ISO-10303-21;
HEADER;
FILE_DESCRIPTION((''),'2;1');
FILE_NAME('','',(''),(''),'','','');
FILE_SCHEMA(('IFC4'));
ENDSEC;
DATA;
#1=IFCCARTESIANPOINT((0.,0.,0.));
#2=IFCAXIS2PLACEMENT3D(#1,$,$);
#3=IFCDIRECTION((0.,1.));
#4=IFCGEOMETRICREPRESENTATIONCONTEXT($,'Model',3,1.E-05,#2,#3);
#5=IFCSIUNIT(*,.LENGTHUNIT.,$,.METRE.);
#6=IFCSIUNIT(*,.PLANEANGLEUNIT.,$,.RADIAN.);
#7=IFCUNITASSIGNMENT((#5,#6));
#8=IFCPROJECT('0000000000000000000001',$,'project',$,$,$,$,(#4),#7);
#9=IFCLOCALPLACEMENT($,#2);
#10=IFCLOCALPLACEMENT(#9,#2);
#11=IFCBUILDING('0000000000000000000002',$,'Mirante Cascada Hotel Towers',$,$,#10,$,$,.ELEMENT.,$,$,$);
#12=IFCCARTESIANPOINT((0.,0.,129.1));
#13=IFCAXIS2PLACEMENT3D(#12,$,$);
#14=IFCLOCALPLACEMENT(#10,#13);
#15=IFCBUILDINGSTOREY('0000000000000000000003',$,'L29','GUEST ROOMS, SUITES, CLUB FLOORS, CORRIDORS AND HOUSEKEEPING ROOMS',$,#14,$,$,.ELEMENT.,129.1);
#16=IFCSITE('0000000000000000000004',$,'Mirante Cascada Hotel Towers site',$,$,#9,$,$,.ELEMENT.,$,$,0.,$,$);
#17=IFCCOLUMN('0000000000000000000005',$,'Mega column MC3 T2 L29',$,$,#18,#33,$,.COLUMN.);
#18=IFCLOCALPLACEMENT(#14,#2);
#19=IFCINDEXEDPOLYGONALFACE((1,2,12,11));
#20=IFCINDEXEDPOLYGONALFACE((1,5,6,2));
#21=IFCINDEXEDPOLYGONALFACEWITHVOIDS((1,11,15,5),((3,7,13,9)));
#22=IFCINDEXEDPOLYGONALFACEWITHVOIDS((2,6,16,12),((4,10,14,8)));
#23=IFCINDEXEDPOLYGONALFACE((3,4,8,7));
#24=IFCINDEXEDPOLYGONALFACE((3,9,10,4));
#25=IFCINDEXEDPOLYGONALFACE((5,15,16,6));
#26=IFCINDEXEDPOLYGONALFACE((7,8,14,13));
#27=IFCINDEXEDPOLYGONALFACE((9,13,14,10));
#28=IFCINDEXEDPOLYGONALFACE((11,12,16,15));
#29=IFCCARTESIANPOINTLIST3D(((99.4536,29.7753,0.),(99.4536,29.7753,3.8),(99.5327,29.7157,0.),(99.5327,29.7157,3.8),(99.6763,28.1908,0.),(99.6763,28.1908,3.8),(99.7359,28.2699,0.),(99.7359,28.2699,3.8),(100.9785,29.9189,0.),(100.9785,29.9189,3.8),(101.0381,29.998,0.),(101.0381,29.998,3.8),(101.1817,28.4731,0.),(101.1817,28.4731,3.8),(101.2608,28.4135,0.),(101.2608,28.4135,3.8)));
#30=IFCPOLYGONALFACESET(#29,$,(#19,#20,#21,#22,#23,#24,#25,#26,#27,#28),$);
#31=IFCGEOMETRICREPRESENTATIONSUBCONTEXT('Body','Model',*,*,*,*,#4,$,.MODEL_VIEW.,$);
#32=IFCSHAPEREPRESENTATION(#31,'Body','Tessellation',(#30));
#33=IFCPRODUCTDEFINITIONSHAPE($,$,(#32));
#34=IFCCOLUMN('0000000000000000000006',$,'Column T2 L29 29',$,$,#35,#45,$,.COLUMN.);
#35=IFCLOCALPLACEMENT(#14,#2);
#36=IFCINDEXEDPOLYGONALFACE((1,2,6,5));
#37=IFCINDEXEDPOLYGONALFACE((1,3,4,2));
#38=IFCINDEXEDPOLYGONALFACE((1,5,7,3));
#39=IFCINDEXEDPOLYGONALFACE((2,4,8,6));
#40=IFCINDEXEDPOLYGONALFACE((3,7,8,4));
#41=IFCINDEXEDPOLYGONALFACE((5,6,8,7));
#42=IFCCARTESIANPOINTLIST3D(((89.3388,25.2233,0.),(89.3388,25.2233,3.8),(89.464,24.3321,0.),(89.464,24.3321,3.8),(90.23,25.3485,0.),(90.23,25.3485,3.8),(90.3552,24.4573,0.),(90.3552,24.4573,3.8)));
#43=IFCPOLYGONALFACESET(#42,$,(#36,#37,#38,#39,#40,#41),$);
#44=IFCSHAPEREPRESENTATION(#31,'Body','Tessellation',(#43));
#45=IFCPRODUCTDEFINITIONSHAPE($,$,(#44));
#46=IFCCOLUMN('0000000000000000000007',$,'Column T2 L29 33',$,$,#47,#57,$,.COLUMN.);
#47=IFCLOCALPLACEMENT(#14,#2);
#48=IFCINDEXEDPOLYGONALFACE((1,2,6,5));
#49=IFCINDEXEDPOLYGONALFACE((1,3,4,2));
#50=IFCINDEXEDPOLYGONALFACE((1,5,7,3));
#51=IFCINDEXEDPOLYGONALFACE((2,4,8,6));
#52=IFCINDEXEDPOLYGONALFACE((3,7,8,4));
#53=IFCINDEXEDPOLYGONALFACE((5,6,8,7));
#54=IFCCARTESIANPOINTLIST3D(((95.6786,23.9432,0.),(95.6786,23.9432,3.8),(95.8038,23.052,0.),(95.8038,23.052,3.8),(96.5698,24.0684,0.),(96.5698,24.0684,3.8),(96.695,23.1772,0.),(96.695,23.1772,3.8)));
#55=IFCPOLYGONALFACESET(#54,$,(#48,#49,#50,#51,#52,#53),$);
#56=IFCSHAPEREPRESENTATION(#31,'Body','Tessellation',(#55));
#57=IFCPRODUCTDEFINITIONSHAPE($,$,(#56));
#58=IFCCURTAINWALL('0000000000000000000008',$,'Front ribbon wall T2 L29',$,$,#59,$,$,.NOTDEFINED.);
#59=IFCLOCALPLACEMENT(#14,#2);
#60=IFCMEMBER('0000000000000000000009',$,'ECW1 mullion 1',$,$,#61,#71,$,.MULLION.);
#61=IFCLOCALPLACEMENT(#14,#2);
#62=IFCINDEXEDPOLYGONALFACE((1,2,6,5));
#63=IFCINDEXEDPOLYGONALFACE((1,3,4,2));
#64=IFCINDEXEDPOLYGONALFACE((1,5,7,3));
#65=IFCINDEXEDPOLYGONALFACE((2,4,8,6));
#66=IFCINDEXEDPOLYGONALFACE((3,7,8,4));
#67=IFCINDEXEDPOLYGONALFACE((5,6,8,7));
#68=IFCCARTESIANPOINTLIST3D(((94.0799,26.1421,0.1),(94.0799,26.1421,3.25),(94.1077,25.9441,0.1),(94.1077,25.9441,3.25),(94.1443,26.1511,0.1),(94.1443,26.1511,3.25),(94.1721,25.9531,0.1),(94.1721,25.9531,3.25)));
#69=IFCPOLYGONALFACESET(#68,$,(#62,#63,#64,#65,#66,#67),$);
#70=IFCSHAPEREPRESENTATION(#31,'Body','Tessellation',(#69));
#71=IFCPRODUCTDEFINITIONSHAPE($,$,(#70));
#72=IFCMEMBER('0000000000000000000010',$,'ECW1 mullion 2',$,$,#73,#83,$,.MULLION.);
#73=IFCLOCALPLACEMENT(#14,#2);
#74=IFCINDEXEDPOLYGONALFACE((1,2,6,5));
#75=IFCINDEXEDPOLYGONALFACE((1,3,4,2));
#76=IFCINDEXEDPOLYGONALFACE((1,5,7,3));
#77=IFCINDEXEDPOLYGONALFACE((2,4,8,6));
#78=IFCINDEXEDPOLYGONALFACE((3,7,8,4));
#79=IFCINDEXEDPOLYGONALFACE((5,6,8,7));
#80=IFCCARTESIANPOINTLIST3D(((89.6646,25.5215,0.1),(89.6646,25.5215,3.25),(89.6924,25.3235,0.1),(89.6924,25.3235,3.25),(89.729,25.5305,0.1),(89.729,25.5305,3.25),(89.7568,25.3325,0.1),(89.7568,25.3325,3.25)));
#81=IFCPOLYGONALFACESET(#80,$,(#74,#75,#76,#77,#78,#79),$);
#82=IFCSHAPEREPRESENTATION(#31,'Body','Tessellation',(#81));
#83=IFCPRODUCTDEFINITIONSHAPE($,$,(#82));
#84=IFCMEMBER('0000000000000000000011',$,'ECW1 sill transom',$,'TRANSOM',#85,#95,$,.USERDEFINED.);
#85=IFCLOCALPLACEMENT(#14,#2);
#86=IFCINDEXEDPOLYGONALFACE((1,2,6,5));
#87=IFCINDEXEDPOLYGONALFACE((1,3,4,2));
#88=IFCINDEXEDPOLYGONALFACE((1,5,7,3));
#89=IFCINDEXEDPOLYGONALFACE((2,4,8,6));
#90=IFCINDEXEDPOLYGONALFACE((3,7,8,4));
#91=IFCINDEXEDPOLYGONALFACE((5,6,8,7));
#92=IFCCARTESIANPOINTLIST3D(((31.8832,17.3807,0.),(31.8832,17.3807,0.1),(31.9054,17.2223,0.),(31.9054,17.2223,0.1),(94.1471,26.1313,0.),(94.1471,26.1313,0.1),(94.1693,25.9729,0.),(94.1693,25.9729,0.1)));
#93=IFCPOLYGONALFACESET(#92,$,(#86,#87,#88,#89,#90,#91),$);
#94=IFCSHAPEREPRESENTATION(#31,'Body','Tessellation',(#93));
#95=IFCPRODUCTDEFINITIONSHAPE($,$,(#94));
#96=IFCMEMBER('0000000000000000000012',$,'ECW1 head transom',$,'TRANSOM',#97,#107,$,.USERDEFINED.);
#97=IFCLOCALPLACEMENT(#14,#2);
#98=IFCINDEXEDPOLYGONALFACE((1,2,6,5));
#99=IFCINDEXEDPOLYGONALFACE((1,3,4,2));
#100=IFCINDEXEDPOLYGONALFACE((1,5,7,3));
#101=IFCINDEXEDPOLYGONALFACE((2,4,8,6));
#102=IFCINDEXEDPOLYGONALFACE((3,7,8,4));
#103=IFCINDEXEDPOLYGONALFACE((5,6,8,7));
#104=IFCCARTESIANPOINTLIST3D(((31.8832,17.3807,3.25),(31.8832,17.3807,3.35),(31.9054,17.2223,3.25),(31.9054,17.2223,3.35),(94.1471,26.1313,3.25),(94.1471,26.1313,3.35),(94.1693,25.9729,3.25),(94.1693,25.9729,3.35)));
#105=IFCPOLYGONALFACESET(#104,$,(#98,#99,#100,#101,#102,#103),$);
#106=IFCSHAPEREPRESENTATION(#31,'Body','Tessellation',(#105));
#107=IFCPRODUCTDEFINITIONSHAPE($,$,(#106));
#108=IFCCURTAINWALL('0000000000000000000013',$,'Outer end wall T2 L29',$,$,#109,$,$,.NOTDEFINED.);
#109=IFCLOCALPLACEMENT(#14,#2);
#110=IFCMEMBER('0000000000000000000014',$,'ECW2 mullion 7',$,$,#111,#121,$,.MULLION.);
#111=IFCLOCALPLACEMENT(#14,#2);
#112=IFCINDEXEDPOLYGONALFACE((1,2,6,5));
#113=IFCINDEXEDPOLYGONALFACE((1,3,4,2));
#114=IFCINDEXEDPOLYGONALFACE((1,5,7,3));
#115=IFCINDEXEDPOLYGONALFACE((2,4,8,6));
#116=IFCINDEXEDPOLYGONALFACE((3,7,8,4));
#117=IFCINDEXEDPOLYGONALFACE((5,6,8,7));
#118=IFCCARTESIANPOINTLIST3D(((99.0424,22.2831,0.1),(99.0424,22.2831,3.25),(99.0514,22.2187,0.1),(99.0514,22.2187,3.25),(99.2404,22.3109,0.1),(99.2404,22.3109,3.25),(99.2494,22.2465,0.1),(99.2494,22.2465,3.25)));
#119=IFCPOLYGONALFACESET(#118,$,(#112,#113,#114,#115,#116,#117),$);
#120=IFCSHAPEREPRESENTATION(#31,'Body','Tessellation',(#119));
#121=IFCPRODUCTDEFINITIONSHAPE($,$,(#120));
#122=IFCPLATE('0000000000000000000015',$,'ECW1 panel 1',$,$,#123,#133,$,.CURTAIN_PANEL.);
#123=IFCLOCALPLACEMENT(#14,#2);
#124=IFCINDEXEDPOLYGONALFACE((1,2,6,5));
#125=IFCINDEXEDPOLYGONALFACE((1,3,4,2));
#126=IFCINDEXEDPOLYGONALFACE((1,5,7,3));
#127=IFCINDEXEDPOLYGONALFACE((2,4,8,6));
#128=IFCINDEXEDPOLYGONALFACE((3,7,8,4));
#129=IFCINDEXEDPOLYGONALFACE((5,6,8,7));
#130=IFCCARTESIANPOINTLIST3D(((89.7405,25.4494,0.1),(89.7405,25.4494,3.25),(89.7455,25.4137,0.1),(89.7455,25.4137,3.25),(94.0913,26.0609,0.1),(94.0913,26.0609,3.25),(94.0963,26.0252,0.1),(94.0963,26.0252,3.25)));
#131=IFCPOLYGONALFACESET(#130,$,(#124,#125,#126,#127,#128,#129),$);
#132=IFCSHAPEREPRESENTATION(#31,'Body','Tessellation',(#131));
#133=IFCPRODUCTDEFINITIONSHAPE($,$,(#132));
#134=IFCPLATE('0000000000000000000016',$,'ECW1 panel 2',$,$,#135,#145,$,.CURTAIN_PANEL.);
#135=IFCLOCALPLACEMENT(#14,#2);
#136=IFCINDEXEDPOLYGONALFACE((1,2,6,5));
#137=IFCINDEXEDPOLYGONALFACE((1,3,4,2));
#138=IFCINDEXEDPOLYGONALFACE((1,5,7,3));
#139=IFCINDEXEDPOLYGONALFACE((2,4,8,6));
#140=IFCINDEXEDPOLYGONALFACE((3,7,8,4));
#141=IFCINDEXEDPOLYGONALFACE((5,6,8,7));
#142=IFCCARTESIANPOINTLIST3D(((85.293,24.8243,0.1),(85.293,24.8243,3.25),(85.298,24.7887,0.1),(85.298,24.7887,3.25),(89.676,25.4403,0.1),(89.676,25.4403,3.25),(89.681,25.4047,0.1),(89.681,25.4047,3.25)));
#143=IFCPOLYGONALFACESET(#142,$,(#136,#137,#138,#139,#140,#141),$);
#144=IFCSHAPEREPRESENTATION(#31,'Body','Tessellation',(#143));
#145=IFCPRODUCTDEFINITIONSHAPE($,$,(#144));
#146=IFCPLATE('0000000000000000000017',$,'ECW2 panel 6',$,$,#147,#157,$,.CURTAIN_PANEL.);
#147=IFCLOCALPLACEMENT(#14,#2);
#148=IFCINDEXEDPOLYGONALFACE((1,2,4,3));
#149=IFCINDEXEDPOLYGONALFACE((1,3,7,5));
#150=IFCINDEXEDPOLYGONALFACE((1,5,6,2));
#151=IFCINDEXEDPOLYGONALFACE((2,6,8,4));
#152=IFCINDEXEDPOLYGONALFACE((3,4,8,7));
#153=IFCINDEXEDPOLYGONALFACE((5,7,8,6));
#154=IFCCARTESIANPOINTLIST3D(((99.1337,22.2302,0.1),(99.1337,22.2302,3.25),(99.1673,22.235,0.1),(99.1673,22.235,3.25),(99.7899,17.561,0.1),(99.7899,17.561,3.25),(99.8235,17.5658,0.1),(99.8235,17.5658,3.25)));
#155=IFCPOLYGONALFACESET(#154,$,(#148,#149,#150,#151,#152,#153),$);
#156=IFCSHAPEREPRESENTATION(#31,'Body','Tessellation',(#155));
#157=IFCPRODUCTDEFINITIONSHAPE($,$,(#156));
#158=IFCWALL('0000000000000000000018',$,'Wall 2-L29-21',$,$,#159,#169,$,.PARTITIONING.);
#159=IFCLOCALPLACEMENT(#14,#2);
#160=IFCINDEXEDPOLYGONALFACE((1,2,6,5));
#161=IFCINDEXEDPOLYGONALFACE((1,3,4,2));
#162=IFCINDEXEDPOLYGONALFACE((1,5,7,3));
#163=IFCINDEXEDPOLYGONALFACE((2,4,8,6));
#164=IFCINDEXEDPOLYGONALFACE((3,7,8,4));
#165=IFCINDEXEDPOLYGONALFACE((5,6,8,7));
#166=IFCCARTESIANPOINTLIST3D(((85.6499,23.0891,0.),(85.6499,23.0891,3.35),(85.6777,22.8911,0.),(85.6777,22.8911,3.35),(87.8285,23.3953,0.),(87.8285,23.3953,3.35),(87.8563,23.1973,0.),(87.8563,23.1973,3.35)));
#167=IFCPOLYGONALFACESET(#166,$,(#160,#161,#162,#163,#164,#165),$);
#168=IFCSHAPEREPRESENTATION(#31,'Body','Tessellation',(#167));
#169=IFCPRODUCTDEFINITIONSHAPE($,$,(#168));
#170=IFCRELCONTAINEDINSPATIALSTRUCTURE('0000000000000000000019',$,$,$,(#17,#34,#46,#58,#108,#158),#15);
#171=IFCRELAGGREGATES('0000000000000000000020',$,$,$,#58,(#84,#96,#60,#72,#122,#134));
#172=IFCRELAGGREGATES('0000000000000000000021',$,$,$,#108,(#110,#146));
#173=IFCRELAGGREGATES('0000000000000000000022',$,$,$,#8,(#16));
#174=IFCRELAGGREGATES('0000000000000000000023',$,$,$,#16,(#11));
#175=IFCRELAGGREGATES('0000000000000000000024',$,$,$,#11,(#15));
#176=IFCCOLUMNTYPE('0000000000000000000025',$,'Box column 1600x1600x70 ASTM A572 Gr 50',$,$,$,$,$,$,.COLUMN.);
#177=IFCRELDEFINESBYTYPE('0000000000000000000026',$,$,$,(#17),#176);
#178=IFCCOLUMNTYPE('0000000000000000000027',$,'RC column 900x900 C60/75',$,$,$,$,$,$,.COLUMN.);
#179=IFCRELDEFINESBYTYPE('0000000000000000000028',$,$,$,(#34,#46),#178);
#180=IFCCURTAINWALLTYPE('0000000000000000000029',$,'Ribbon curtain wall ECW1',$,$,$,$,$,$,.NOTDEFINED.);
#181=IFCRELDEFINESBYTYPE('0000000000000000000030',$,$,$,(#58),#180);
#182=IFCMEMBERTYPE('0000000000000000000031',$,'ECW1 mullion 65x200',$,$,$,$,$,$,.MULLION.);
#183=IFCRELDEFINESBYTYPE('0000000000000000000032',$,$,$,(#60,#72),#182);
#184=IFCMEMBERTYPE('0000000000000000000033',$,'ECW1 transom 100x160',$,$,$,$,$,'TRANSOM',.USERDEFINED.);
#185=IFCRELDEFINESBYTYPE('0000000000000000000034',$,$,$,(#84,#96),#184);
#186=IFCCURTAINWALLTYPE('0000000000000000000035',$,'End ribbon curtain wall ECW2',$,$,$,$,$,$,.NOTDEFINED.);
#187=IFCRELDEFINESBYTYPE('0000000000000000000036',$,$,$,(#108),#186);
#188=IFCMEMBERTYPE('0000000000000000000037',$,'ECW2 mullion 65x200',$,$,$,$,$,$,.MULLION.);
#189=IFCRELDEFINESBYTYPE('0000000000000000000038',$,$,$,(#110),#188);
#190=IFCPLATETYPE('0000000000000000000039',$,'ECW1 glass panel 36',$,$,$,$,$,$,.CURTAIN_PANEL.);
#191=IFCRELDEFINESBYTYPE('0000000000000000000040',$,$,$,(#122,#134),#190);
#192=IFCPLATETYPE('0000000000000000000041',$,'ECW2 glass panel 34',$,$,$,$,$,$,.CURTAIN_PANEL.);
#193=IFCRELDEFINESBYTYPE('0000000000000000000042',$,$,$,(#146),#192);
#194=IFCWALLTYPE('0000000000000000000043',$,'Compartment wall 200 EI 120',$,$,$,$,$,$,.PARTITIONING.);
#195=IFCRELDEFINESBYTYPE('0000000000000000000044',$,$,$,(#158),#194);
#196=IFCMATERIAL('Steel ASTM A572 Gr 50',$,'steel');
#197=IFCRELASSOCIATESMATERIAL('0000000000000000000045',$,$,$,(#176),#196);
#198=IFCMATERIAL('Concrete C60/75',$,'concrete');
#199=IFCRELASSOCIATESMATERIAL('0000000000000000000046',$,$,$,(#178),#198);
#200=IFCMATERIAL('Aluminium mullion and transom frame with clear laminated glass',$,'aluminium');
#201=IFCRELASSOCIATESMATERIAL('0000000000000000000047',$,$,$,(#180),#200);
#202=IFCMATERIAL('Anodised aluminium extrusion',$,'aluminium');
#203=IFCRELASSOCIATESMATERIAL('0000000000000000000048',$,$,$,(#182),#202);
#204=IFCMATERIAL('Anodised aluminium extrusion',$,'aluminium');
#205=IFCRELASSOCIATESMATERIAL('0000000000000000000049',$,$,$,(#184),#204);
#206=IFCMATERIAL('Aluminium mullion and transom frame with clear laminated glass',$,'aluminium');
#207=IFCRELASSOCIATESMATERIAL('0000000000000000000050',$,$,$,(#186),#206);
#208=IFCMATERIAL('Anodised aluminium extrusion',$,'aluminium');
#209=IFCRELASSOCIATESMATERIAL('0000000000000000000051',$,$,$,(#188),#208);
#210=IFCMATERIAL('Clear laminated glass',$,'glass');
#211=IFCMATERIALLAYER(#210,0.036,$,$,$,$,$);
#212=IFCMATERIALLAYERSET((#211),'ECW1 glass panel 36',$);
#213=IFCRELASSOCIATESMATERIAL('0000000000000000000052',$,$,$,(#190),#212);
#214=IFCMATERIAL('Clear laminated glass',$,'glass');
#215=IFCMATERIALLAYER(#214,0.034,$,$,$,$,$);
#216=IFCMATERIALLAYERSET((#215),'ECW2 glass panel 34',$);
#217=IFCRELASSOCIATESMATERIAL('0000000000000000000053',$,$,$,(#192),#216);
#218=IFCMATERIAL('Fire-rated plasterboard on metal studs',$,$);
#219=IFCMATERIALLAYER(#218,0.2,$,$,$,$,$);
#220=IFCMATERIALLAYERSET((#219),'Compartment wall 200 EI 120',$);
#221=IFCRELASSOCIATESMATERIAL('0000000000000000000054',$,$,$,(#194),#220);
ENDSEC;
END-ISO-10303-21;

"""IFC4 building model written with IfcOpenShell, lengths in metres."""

from ifc_helpers import new_model, si_unit, direction, frame, frame_2d, origin, origin_2d, place, context, subcontext, project, spatial, rectangle, hollow_rectangle, extrude, material, layer, layer_set, material_profile, profile_set, type_object, element, aggregate, save


model = new_model("IFC4")

# Units and contexts
model_context = context("Model", 3, precision=1e-05, world=origin(), true_north=direction((0.0, 1.0)))
body_context = subcontext(model_context, "Body", "Model", "MODEL_VIEW")
ifc_project = project(units=[si_unit("LENGTHUNIT", "METRE"), si_unit("PLANEANGLEUNIT", "RADIAN")], contexts=[model_context])

# Site, building, storey
site_placement = place(None, origin())
site = spatial("IfcSite", under=ifc_project, at=site_placement, Name="Mirante Cascada Hotel Towers site", CompositionType="ELEMENT", RefElevation=0.0)
building_placement = place(site_placement, origin())
building = spatial("IfcBuilding", under=site, at=building_placement, Name="Mirante Cascada Hotel Towers", CompositionType="ELEMENT")
storey_placement = place(building_placement, frame((0.0, 0.0, 129.1)))
storey = spatial("IfcBuildingStorey", under=building, at=storey_placement, Name="L29", Description="GUEST ROOMS, SUITES, CLUB FLOORS, CORRIDORS AND HOUSEKEEPING ROOMS", CompositionType="ELEMENT", Elevation=129.1)

# Columns
ifc_material_1 = material(Name="Steel ASTM A572 Gr 50", Category="steel")
ifc_material_profile_1 = material_profile(ifc_material_1, hollow_rectangle(XDim=1.6, YDim=1.6, WallThickness=0.07, at=origin_2d()), Name="Box column 1600x1600x70 ASTM A572 Gr 50")
ifc_profile_set_1 = profile_set([ifc_material_profile_1], Name="Steel ASTM A572 Gr 50")
column_type_1 = type_object("IfcColumnType", Name="Box column 1600x1600x70 ASTM A572 Gr 50", PredefinedType="COLUMN", material=ifc_profile_set_1)
column_placement = place(storey_placement, frame((100.3572, 29.0944, 0.0), z_axis=(0.0, 0.0, 1.0), x_axis=(0.990268, 0.139173, 0.0)))
element("IfcColumn", 1, at=column_placement, inside=storey, type_object=column_type_1, Name="Mega column MC3 T2 L29", PredefinedType="COLUMN", context=body_context, shape_type="SweptSolid", body=[
    extrude(hollow_rectangle(XDim=1.6, YDim=1.6, WallThickness=0.07, at=origin_2d()), origin(), (0.0, 0.0, 1.0), 3.8),
])
ifc_material_2 = material(Name="Concrete C60/75", Category="concrete")
ifc_material_profile_2 = material_profile(ifc_material_2, rectangle(XDim=0.9, YDim=0.9, at=origin_2d()), Name="RC column 900x900 C60/75")
ifc_profile_set_2 = profile_set([ifc_material_profile_2], Name="Concrete C60/75")
column_type_2 = type_object("IfcColumnType", Name="RC column 900x900 C60/75", PredefinedType="COLUMN", material=ifc_profile_set_2)
for number, where, z_axis, x_axis, name in (
    (2, (89.847, 24.8403, 0.0), (0.0, 0.0, 1.0), (0.990268, 0.139173, 0.0), "Column T2 L29 29"),
    (3, (96.1868, 23.5602, 0.0), (0.0, 0.0, 1.0), (0.990268, 0.139173, 0.0), "Column T2 L29 33"),
):
    element("IfcColumn", number, at=place(storey_placement, frame(where, z_axis=z_axis, x_axis=x_axis)), inside=storey, type_object=column_type_2, Name=name, PredefinedType="COLUMN", context=body_context, shape_type="SweptSolid", body=[
        extrude(rectangle(XDim=0.9, YDim=0.9, at=origin_2d()), origin(), (0.0, 0.0, 1.0), 3.8),
    ])

# Curtain wall, members
ifc_material_3 = material(Name="Aluminium mullion and transom frame with clear laminated glass", Category="aluminium")
curtain_wall_type_1 = type_object("IfcCurtainWallType", Name="Ribbon curtain wall ECW1", PredefinedType="NOTDEFINED", material=ifc_material_3)
curtain_wall_1_placement = place(storey_placement, origin())
curtain_wall_1 = element("IfcCurtainWall", 4, at=curtain_wall_1_placement, inside=storey, type_object=curtain_wall_type_1, Name="Front ribbon wall T2 L29", PredefinedType="NOTDEFINED")
ifc_material_4 = material(Name="Anodised aluminium extrusion", Category="aluminium")
ifc_material_profile_3 = material_profile(ifc_material_4, rectangle(XDim=0.2, YDim=0.065, at=origin_2d()), Name="ECW1 MULLION 65x200")
ifc_profile_set_3 = profile_set([ifc_material_profile_3], Name="Anodised aluminium extrusion")
member_type_1 = type_object("IfcMemberType", Name="ECW1 mullion 65x200", PredefinedType="MULLION", material=ifc_profile_set_3)
member_1_placement = place(storey_placement, frame((94.126, 26.0476, 0.1), z_axis=(0.0, 0.0, 1.0), x_axis=(0.139173, -0.990268, 0.0)))
member_1 = element("IfcMember", 5, at=member_1_placement, type_object=member_type_1, Name="ECW1 mullion 1", PredefinedType="MULLION", context=body_context, shape_type="SweptSolid", body=[
    extrude(rectangle(XDim=0.2, YDim=0.065, at=origin_2d()), origin(), (0.0, 0.0, 1.0), 3.15),
])
member_2_placement = place(storey_placement, frame((89.7107, 25.427, 0.1), z_axis=(0.0, 0.0, 1.0), x_axis=(0.139173, -0.990268, 0.0)))
member_2 = element("IfcMember", 6, at=member_2_placement, type_object=member_type_1, Name="ECW1 mullion 2", PredefinedType="MULLION", context=body_context, shape_type="SweptSolid", body=[
    extrude(rectangle(XDim=0.2, YDim=0.065, at=origin_2d()), origin(), (0.0, 0.0, 1.0), 3.15),
])
ifc_material_5 = material(Name="Anodised aluminium extrusion", Category="aluminium")
ifc_material_profile_4 = material_profile(ifc_material_5, rectangle(XDim=0.16, YDim=0.1, at=origin_2d()), Name="ECW1 TRANSOM 100x160")
ifc_profile_set_4 = profile_set([ifc_material_profile_4], Name="Anodised aluminium extrusion")
member_type_2 = type_object("IfcMemberType", Name="ECW1 transom 100x160", ElementType="TRANSOM", PredefinedType="USERDEFINED", material=ifc_profile_set_4)
member_3_placement = place(storey_placement, frame((94.1582, 26.0521, 0.05), z_axis=(-0.990268, -0.139173, 0.0), x_axis=(0.139173, -0.990268, 0.0)))
member_3 = element("IfcMember", 7, at=member_3_placement, type_object=member_type_2, Name="ECW1 sill transom", ObjectType="TRANSOM", PredefinedType="USERDEFINED", context=body_context, shape_type="SweptSolid", body=[
    extrude(rectangle(XDim=0.16, YDim=0.1, at=origin_2d()), origin(), (0.0, 0.0, 1.0), 62.8758),
])
member_4_placement = place(storey_placement, frame((94.1582, 26.0521, 3.3), z_axis=(-0.990268, -0.139173, 0.0), x_axis=(0.139173, -0.990268, 0.0)))
member_4 = element("IfcMember", 8, at=member_4_placement, type_object=member_type_2, Name="ECW1 head transom", ObjectType="TRANSOM", PredefinedType="USERDEFINED", context=body_context, shape_type="SweptSolid", body=[
    extrude(rectangle(XDim=0.16, YDim=0.1, at=origin_2d()), origin(), (0.0, 0.0, 1.0), 62.8758),
])

# Curtain wall, member
ifc_material_6 = material(Name="Aluminium mullion and transom frame with clear laminated glass", Category="aluminium")
curtain_wall_type_2 = type_object("IfcCurtainWallType", Name="End ribbon curtain wall ECW2", PredefinedType="NOTDEFINED", material=ifc_material_6)
curtain_wall_2_placement = place(storey_placement, origin())
curtain_wall_2 = element("IfcCurtainWall", 9, at=curtain_wall_2_placement, inside=storey, type_object=curtain_wall_type_2, Name="Outer end wall T2 L29", PredefinedType="NOTDEFINED")
ifc_material_7 = material(Name="Anodised aluminium extrusion", Category="aluminium")
ifc_material_profile_5 = material_profile(ifc_material_7, rectangle(XDim=0.2, YDim=0.065, at=origin_2d()), Name="ECW2 MULLION 65x200")
ifc_profile_set_5 = profile_set([ifc_material_profile_5], Name="Anodised aluminium extrusion")
member_type_3 = type_object("IfcMemberType", Name="ECW2 mullion 65x200", PredefinedType="MULLION", material=ifc_profile_set_5)
member_5_placement = place(storey_placement, frame((99.1459, 22.2648, 0.1), z_axis=(0.0, 0.0, 1.0), x_axis=(-0.990268, -0.139173, 0.0)))
member_5 = element("IfcMember", 10, at=member_5_placement, type_object=member_type_3, Name="ECW2 mullion 7", PredefinedType="MULLION", context=body_context, shape_type="SweptSolid", body=[
    extrude(rectangle(XDim=0.2, YDim=0.065, at=origin_2d()), origin(), (0.0, 0.0, 1.0), 3.15),
])

# Plates
ifc_material_8 = material(Name="Clear laminated glass", Category="glass")
ifc_layer_1 = layer(ifc_material_8, 0.036)
ifc_layer_set_1 = layer_set([ifc_layer_1], Name="ECW1 glass panel 36")
plate_type_1 = type_object("IfcPlateType", Name="ECW1 glass panel 36", PredefinedType="CURTAIN_PANEL", material=ifc_layer_set_1)
plate_1_placement = place(storey_placement, frame((91.9184, 25.7373, 0.1), z_axis=(0.0, 0.0, 1.0), x_axis=(-0.990268, -0.139173, 0.0)))
plate_1 = element("IfcPlate", 11, at=plate_1_placement, type_object=plate_type_1, Name="ECW1 panel 1", PredefinedType="CURTAIN_PANEL", context=body_context, shape_type="SweptSolid", body=[
    extrude(rectangle(XDim=4.3936, YDim=0.036, at=origin_2d()), origin(), (0.0, 0.0, 1.0), 3.15),
])
plate_2_placement = place(storey_placement, frame((87.487, 25.1145, 0.1), z_axis=(0.0, 0.0, 1.0), x_axis=(-0.990268, -0.139173, 0.0)))
plate_2 = element("IfcPlate", 12, at=plate_2_placement, type_object=plate_type_1, Name="ECW1 panel 2", PredefinedType="CURTAIN_PANEL", context=body_context, shape_type="SweptSolid", body=[
    extrude(rectangle(XDim=4.4261, YDim=0.036, at=origin_2d()), origin(), (0.0, 0.0, 1.0), 3.15),
])
aggregate(curtain_wall_1, [member_3, member_4, member_1, member_2, plate_1, plate_2])
ifc_material_9 = material(Name="Clear laminated glass", Category="glass")
ifc_layer_2 = layer(ifc_material_9, 0.034)
ifc_layer_set_2 = layer_set([ifc_layer_2], Name="ECW2 glass panel 34")
plate_type_2 = type_object("IfcPlateType", Name="ECW2 glass panel 34", PredefinedType="CURTAIN_PANEL", material=ifc_layer_set_2)
plate_3_placement = place(storey_placement, frame((99.4786, 19.898, 0.1), z_axis=(0.0, 0.0, 1.0), x_axis=(-0.139173, 0.990268, 0.0)))
plate_3 = element("IfcPlate", 13, at=plate_3_placement, type_object=plate_type_2, Name="ECW2 panel 6", PredefinedType="CURTAIN_PANEL", context=body_context, shape_type="SweptSolid", body=[
    extrude(rectangle(XDim=4.7151, YDim=0.034, at=origin_2d()), origin(), (0.0, 0.0, 1.0), 3.15),
])
aggregate(curtain_wall_2, [member_5, plate_3])

# Wall
ifc_material_10 = material(Name="Fire-rated plasterboard on metal studs")
ifc_layer_3 = layer(ifc_material_10, 0.2)
ifc_layer_set_3 = layer_set([ifc_layer_3], Name="Compartment wall 200 EI 120")
wall_type_1 = type_object("IfcWallType", Name="Compartment wall 200 EI 120", PredefinedType="PARTITIONING", material=ifc_layer_set_3)
wall_1_placement = place(storey_placement, frame((87.8424, 23.2963, 0.0), z_axis=(0.0, 0.0, 1.0), x_axis=(-0.990267, -0.139181, 0.0)))
element("IfcWall", 14, at=wall_1_placement, inside=storey, type_object=wall_type_1, Name="Wall 2-L29-21", PredefinedType="PARTITIONING", context=body_context, shape_type="SweptSolid", body=[
    extrude(rectangle(XDim=2.2, YDim=0.2, at=frame_2d((1.1, 0.0))), origin(), (0.0, 0.0, 1.0), 3.35),
])

save(model, "model.ifc")
